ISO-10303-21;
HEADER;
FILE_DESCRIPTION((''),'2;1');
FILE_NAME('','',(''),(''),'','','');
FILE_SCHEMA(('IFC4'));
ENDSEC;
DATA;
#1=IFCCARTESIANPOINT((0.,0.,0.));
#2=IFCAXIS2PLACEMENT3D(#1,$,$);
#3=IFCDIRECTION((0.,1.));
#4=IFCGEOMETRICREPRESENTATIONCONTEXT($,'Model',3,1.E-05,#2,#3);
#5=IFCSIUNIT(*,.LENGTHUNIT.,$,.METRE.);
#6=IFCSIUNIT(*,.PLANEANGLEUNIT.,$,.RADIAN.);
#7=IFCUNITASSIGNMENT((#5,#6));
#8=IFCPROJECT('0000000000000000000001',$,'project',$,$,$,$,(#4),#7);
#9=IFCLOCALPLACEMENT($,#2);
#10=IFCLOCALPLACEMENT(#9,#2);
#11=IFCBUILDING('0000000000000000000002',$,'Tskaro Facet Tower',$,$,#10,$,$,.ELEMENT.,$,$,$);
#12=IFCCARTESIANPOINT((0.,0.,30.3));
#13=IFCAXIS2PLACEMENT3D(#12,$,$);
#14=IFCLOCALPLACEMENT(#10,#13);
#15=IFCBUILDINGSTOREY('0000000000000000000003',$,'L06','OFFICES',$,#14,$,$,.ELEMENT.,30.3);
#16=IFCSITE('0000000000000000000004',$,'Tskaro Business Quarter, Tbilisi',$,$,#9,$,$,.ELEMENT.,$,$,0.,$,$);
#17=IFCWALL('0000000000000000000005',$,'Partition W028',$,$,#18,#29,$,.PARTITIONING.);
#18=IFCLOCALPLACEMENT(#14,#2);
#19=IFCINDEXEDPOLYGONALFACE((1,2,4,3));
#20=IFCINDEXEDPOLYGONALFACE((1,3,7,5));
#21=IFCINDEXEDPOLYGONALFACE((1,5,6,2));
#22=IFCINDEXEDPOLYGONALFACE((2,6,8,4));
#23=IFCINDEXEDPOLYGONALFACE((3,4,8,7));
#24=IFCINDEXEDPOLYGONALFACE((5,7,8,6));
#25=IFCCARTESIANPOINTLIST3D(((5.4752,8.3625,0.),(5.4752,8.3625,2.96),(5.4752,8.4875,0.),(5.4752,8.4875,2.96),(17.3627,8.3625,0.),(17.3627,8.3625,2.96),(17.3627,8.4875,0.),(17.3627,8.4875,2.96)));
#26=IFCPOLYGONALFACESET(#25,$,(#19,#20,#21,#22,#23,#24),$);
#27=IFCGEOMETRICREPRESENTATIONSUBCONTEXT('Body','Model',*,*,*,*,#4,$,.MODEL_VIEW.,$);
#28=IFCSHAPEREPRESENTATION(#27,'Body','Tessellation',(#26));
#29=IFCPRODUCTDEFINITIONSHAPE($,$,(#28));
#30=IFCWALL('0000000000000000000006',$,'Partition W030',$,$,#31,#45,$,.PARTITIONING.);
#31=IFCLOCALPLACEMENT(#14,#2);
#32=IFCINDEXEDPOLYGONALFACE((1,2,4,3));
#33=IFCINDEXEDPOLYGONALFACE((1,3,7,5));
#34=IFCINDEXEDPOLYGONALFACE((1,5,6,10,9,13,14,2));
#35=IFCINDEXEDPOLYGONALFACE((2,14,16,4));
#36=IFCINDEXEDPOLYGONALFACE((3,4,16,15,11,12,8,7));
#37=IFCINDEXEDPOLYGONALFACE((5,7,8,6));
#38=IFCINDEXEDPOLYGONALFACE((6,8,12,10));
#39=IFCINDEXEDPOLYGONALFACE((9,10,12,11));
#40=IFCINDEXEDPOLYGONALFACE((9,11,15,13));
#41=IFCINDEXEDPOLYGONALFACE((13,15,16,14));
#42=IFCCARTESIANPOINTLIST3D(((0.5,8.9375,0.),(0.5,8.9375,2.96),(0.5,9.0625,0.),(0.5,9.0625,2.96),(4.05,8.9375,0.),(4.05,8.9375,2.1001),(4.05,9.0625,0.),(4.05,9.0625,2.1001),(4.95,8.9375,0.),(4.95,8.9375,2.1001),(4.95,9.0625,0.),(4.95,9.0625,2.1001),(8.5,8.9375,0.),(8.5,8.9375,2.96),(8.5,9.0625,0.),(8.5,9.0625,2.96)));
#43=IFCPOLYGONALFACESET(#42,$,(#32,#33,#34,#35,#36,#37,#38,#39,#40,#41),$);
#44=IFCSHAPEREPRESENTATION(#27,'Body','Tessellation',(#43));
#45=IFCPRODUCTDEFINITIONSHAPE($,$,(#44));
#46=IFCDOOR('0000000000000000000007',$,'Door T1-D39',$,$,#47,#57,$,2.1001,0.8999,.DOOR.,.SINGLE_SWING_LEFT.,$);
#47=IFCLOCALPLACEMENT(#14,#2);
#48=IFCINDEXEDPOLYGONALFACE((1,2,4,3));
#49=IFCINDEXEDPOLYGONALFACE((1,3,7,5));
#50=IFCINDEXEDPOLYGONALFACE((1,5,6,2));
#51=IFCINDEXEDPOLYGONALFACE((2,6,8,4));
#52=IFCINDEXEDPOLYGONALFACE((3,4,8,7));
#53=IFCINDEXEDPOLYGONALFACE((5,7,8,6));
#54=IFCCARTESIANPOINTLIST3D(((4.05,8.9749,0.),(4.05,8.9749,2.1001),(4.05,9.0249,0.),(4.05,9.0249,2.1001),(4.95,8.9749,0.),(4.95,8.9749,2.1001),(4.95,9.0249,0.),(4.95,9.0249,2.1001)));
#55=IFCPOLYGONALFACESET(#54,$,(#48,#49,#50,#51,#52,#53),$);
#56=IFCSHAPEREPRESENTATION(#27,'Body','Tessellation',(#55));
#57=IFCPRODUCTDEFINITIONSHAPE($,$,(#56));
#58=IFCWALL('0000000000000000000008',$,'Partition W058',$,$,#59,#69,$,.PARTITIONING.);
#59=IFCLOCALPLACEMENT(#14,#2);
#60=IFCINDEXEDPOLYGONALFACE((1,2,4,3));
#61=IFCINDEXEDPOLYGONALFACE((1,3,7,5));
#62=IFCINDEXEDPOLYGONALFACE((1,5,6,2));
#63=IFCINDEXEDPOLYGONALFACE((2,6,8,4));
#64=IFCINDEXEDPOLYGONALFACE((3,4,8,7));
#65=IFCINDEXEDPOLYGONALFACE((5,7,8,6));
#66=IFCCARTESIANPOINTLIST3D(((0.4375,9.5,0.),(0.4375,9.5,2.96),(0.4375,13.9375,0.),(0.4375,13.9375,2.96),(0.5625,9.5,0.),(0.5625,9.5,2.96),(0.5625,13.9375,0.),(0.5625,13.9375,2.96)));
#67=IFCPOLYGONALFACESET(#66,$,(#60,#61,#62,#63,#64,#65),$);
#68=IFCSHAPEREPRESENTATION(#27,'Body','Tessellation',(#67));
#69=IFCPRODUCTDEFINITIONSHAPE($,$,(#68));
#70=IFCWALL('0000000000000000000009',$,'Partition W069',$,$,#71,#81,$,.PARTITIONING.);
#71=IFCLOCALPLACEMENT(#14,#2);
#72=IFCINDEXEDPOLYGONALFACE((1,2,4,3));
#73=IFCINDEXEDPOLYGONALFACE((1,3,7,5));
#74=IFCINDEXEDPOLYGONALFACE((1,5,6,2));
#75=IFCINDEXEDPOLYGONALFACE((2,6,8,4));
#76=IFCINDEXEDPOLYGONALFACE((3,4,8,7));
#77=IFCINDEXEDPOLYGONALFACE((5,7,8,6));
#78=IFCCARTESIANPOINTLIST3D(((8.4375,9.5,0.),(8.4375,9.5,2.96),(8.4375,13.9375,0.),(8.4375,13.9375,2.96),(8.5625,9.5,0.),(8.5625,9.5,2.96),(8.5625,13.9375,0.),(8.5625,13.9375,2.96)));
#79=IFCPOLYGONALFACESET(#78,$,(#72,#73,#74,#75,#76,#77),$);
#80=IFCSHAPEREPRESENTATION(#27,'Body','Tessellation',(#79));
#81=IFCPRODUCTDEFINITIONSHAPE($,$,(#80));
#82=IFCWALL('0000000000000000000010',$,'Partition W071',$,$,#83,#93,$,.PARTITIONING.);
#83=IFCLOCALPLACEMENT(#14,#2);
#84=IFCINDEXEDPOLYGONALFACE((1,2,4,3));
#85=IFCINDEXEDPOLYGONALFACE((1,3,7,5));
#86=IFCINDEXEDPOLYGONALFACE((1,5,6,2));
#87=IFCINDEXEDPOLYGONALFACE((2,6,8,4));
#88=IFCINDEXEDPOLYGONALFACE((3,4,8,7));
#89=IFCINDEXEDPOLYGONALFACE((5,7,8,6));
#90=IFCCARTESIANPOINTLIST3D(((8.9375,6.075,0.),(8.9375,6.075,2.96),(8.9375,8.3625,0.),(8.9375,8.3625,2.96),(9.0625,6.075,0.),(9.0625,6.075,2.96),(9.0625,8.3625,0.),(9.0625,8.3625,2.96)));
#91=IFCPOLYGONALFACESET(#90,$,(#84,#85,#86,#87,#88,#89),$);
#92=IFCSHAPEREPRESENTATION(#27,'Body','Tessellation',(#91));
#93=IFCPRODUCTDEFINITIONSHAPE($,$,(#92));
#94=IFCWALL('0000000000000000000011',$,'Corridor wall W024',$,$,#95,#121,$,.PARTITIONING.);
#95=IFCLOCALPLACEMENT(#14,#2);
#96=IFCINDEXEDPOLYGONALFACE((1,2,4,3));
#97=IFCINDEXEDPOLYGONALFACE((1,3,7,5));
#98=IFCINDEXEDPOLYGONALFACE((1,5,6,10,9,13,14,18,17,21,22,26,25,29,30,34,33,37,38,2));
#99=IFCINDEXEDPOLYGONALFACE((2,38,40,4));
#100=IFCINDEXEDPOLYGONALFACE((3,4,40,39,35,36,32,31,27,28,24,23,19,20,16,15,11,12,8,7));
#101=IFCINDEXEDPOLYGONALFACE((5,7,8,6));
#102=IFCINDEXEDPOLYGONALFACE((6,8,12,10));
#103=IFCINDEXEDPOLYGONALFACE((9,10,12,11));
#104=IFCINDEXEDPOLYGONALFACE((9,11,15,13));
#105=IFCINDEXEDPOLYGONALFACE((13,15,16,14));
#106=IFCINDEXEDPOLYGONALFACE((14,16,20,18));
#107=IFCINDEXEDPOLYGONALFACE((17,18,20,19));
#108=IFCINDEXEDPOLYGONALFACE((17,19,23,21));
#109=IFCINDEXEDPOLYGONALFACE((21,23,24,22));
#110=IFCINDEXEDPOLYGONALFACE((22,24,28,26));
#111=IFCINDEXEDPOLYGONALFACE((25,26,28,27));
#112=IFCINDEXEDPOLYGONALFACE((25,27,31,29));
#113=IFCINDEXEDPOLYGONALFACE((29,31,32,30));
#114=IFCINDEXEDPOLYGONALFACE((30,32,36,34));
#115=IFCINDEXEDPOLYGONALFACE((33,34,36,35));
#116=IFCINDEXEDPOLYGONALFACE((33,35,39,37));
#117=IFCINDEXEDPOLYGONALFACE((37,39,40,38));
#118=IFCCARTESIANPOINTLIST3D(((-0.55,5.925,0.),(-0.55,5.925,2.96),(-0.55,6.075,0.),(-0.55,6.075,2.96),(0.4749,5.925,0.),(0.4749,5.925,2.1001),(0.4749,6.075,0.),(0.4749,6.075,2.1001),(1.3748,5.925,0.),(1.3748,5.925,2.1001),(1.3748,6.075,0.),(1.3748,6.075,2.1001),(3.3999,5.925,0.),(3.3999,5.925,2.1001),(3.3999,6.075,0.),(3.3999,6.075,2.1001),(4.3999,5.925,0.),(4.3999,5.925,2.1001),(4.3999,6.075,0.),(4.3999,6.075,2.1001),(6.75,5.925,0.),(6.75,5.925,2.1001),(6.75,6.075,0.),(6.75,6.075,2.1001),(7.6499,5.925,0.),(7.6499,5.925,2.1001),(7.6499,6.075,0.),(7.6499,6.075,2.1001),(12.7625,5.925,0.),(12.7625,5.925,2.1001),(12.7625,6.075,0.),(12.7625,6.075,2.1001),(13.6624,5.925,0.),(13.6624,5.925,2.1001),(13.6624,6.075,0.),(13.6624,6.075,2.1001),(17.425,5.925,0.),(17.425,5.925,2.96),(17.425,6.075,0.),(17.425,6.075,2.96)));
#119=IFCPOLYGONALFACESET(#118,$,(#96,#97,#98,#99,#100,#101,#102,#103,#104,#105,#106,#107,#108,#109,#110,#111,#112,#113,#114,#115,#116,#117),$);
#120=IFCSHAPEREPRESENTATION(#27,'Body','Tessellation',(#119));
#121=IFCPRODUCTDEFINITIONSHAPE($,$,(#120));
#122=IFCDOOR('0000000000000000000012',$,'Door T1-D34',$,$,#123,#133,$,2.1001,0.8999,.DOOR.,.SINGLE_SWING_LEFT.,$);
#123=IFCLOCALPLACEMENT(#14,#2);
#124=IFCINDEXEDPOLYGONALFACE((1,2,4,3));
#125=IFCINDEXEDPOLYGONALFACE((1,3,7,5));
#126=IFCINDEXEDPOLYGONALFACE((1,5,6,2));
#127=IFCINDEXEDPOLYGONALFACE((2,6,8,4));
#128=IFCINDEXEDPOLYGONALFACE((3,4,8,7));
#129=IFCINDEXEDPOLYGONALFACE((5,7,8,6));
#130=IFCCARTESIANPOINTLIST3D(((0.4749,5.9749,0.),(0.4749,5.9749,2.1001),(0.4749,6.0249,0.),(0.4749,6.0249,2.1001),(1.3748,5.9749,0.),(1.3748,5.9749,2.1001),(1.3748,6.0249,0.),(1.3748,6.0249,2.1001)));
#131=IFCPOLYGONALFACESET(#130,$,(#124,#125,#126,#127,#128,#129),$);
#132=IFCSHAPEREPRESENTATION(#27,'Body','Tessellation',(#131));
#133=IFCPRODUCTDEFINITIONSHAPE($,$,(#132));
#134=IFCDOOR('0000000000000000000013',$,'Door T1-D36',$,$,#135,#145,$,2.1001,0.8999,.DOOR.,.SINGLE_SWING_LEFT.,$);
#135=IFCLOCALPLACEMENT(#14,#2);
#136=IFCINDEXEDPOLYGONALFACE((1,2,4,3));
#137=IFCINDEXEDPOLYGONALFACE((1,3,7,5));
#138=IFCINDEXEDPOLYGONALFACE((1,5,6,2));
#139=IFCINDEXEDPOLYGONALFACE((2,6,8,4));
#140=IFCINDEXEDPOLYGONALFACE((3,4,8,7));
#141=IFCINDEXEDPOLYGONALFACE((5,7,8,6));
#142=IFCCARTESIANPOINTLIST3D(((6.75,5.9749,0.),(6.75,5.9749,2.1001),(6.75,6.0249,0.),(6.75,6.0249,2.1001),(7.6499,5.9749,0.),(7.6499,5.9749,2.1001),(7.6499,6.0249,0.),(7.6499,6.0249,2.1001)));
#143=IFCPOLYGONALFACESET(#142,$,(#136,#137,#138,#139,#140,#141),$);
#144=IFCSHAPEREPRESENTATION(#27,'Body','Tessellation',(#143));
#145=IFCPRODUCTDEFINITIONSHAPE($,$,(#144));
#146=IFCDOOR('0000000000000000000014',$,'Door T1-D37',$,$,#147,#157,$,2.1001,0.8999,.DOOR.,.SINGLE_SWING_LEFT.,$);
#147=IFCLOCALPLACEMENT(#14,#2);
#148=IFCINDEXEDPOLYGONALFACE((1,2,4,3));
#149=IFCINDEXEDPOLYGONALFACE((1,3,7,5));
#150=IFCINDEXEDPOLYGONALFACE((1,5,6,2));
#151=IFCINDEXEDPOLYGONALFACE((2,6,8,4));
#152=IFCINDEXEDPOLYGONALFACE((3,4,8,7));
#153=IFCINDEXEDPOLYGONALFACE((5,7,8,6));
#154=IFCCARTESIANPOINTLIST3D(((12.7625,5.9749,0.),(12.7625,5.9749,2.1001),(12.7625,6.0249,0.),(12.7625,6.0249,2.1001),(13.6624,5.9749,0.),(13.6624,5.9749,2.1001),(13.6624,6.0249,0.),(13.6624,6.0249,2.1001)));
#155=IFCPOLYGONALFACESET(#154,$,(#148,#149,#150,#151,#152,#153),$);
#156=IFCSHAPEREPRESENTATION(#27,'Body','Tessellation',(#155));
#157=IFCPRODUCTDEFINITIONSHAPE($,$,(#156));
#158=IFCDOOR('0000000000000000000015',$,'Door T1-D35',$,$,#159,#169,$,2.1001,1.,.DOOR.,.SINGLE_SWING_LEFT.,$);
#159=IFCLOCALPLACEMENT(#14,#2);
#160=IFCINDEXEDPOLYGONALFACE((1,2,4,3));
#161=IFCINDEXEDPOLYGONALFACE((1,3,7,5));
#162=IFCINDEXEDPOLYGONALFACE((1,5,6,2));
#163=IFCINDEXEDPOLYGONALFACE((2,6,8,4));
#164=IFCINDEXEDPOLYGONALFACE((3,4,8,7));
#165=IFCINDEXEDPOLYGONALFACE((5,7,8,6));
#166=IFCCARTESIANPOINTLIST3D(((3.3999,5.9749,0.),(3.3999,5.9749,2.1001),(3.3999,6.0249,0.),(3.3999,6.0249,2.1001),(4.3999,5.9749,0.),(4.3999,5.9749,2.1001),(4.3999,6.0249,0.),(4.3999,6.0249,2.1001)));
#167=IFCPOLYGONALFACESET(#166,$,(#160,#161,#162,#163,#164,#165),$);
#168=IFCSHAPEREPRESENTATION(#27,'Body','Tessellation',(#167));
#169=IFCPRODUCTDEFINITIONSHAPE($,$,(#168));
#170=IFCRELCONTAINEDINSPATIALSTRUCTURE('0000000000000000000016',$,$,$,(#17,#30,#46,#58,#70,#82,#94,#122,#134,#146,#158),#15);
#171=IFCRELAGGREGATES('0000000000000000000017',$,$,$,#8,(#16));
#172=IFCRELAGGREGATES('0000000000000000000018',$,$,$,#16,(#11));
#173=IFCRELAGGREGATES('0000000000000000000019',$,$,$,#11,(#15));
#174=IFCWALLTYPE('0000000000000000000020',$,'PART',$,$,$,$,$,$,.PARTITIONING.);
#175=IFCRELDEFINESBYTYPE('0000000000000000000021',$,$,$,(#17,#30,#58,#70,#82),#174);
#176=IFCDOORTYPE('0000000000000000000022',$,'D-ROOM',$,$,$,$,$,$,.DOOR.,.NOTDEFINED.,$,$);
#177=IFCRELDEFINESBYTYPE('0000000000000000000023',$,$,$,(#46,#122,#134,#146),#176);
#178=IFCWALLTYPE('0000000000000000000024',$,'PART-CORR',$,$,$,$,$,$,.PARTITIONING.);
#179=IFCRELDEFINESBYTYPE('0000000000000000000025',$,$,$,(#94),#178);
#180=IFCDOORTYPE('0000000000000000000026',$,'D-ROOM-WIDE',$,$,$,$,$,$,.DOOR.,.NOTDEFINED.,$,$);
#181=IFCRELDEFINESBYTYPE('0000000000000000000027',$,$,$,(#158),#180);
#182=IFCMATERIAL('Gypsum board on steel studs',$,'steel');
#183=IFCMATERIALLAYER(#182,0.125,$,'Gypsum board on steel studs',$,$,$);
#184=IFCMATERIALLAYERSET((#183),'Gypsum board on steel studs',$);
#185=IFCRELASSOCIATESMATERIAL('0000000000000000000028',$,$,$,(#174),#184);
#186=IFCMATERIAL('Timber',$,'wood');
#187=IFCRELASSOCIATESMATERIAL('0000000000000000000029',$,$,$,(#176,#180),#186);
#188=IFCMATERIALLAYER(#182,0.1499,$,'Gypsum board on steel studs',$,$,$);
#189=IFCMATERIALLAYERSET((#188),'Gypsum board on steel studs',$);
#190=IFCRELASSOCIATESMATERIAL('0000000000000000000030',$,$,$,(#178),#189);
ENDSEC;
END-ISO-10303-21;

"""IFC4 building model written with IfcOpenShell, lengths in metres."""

from ifc_helpers import new_model, si_unit, direction, frame, frame_2d, origin, place, context, subcontext, project, spatial, rectangle, extrude, material, layer, layer_set, type_object, element, fill, save


model = new_model("IFC4")

# Units and contexts
model_context = context("Model", 3, precision=1e-05, world=origin(), true_north=direction((0.0, 1.0)))
body_context = subcontext(model_context, "Body", "Model", "MODEL_VIEW")
ifc_project = project(units=[si_unit("LENGTHUNIT", "METRE"), si_unit("PLANEANGLEUNIT", "RADIAN")], contexts=[model_context])

# Site, building, storey
site_placement = place(None, origin())
site = spatial("IfcSite", under=ifc_project, at=site_placement, Name="Tskaro Business Quarter, Tbilisi", CompositionType="ELEMENT", RefElevation=0.0)
building_placement = place(site_placement, origin())
building = spatial("IfcBuilding", under=site, at=building_placement, Name="Tskaro Facet Tower", CompositionType="ELEMENT")
storey_placement = place(building_placement, frame((0.0, 0.0, 30.3)))
storey = spatial("IfcBuildingStorey", under=building, at=storey_placement, Name="L06", Description="OFFICES", CompositionType="ELEMENT", Elevation=30.3)

# Wall
ifc_material_1 = material(Name="Gypsum board on steel studs", Category="steel")
ifc_layer_1 = layer(ifc_material_1, 0.125, Name="Gypsum board on steel studs")
ifc_layer_set_1 = layer_set([ifc_layer_1], Name="Gypsum board on steel studs")
wall_type_1 = type_object("IfcWallType", Name="PART", PredefinedType="PARTITIONING", material=ifc_layer_set_1)
wall_1_placement = place(storey_placement, frame((5.4751, 8.425, 0.0), z_axis=(0.0, 0.0, 1.0), x_axis=(1.0, 0.0, 0.0)))
element("IfcWall", 1, at=wall_1_placement, inside=storey, type_object=wall_type_1, Name="Partition W028", PredefinedType="PARTITIONING", context=body_context, shape_type="SweptSolid", body=[
    extrude(rectangle(XDim=11.8875, YDim=0.125, at=frame_2d((5.9438, 0.0))), origin(), (0.0, 0.0, 1.0), 2.96),
])

# Wall, opening, door
wall_2_placement = place(storey_placement, frame((0.5, 9.0, 0.0), z_axis=(0.0, 0.0, 1.0), x_axis=(1.0, 0.0, 0.0)))
wall_2 = element("IfcWall", 2, at=wall_2_placement, inside=storey, type_object=wall_type_1, Name="Partition W030", PredefinedType="PARTITIONING", context=body_context, shape_type="SweptSolid", body=[
    extrude(rectangle(XDim=8.0, YDim=0.125, at=frame_2d((4.0, 0.0))), origin(), (0.0, 0.0, 1.0), 2.96),
])
opening_1_placement = place(wall_2_placement, frame((3.55, 0.0, 0.0)))
opening_1 = element("IfcOpeningElement", 3, at=opening_1_placement, cuts=wall_2, PredefinedType="OPENING", context=body_context, shape_type="SweptSolid", body=[
    extrude(rectangle(XDim=0.8999, YDim=2.1001, at=frame_2d((0.45, 1.05))), frame((0.0, 0.0725, 0.0), z_axis=(0.0, -1.0, 0.0), x_axis=(1.0, 0.0, 0.0)), (0.0, 0.0, 1.0), 0.145),
])
ifc_material_2 = material(Name="Timber", Category="wood")
door_type_1 = type_object("IfcDoorType", Name="D-ROOM", OperationType="NOTDEFINED", PredefinedType="DOOR", material=ifc_material_2)
door_1_placement = place(opening_1_placement, origin())
door_1 = element("IfcDoor", 4, at=door_1_placement, inside=storey, type_object=door_type_1, Name="Door T1-D39", OperationType="SINGLE_SWING_LEFT", OverallHeight=2.1001, OverallWidth=0.8999, PredefinedType="DOOR", context=body_context, shape_type="SweptSolid", body=[
    extrude(rectangle(XDim=0.8999, YDim=2.1001, at=frame_2d((0.45, 1.05))), frame((0.0, 0.0249, 0.0), z_axis=(0.0, -1.0, 0.0), x_axis=(1.0, 0.0, 0.0)), (0.0, 0.0, 1.0), 0.05),
])
fill(opening_1, door_1)

# Walls
for number, where, z_axis, x_axis, name in (
    (5, (0.5, 9.5, 0.0), (0.0, 0.0, 1.0), (0.0, 1.0, 0.0), "Partition W058"),
    (6, (8.5, 9.5, 0.0), (0.0, 0.0, 1.0), (0.0, 1.0, 0.0), "Partition W069"),
):
    element("IfcWall", number, at=place(storey_placement, frame(where, z_axis=z_axis, x_axis=x_axis)), inside=storey, type_object=wall_type_1, Name=name, PredefinedType="PARTITIONING", context=body_context, shape_type="SweptSolid", body=[
        extrude(rectangle(XDim=4.4375, YDim=0.125, at=frame_2d((2.2188, 0.0))), origin(), (0.0, 0.0, 1.0), 2.96),
    ])
wall_3_placement = place(storey_placement, frame((9.0, 6.075, 0.0), z_axis=(0.0, 0.0, 1.0), x_axis=(0.0, 1.0, 0.0)))
element("IfcWall", 7, at=wall_3_placement, inside=storey, type_object=wall_type_1, Name="Partition W071", PredefinedType="PARTITIONING", context=body_context, shape_type="SweptSolid", body=[
    extrude(rectangle(XDim=2.2876, YDim=0.125, at=frame_2d((1.1438, 0.0))), origin(), (0.0, 0.0, 1.0), 2.96),
])

# Wall, openings, doors
ifc_layer_2 = layer(ifc_material_1, 0.1499, Name="Gypsum board on steel studs")
ifc_layer_set_2 = layer_set([ifc_layer_2], Name="Gypsum board on steel studs")
wall_type_2 = type_object("IfcWallType", Name="PART-CORR", PredefinedType="PARTITIONING", material=ifc_layer_set_2)
wall_4_placement = place(storey_placement, frame((-0.55, 6.0, 0.0), z_axis=(0.0, 0.0, 1.0), x_axis=(1.0, 0.0, 0.0)))
wall_4 = element("IfcWall", 8, at=wall_4_placement, inside=storey, type_object=wall_type_2, Name="Corridor wall W024", PredefinedType="PARTITIONING", context=body_context, shape_type="SweptSolid", body=[
    extrude(rectangle(XDim=17.9751, YDim=0.1499, at=frame_2d((8.9875, 0.0))), origin(), (0.0, 0.0, 1.0), 2.96),
])
opening_2_placement = place(wall_4_placement, frame((1.0249, 0.0, 0.0)))
opening_2 = element("IfcOpeningElement", 9, at=opening_2_placement, cuts=wall_4, PredefinedType="OPENING", context=body_context, shape_type="SweptSolid", body=[
    extrude(rectangle(XDim=0.8999, YDim=2.1001, at=frame_2d((0.45, 1.05))), frame((0.0, 0.085, 0.0), z_axis=(0.0, -1.0, 0.0), x_axis=(1.0, 0.0, 0.0)), (0.0, 0.0, 1.0), 0.1699),
])
opening_3_placement = place(wall_4_placement, frame((3.95, 0.0, 0.0)))
opening_3 = element("IfcOpeningElement", 10, at=opening_3_placement, cuts=wall_4, PredefinedType="OPENING", context=body_context, shape_type="SweptSolid", body=[
    extrude(rectangle(XDim=1.0, YDim=2.1001, at=frame_2d((0.5, 1.05))), frame((0.0, 0.085, 0.0), z_axis=(0.0, -1.0, 0.0), x_axis=(1.0, 0.0, 0.0)), (0.0, 0.0, 1.0), 0.1699),
])
opening_4_placement = place(wall_4_placement, frame((7.3, 0.0, 0.0)))
opening_4 = element("IfcOpeningElement", 11, at=opening_4_placement, cuts=wall_4, PredefinedType="OPENING", context=body_context, shape_type="SweptSolid", body=[
    extrude(rectangle(XDim=0.8999, YDim=2.1001, at=frame_2d((0.45, 1.05))), frame((0.0, 0.085, 0.0), z_axis=(0.0, -1.0, 0.0), x_axis=(1.0, 0.0, 0.0)), (0.0, 0.0, 1.0), 0.1699),
])
opening_5_placement = place(wall_4_placement, frame((13.3125, 0.0, 0.0)))
opening_5 = element("IfcOpeningElement", 12, at=opening_5_placement, cuts=wall_4, PredefinedType="OPENING", context=body_context, shape_type="SweptSolid", body=[
    extrude(rectangle(XDim=0.8999, YDim=2.1001, at=frame_2d((0.45, 1.05))), frame((0.0, 0.085, 0.0), z_axis=(0.0, -1.0, 0.0), x_axis=(1.0, 0.0, 0.0)), (0.0, 0.0, 1.0), 0.1699),
])
door_2_placement = place(opening_2_placement, origin())
door_2 = element("IfcDoor", 13, at=door_2_placement, inside=storey, type_object=door_type_1, Name="Door T1-D34", OperationType="SINGLE_SWING_LEFT", OverallHeight=2.1001, OverallWidth=0.8999, PredefinedType="DOOR", context=body_context, shape_type="SweptSolid", body=[
    extrude(rectangle(XDim=0.8999, YDim=2.1001, at=frame_2d((0.45, 1.05))), frame((0.0, 0.0249, 0.0), z_axis=(0.0, -1.0, 0.0), x_axis=(1.0, 0.0, 0.0)), (0.0, 0.0, 1.0), 0.05),
])
fill(opening_2, door_2)
door_3_placement = place(opening_4_placement, origin())
door_3 = element("IfcDoor", 14, at=door_3_placement, inside=storey, type_object=door_type_1, Name="Door T1-D36", OperationType="SINGLE_SWING_LEFT", OverallHeight=2.1001, OverallWidth=0.8999, PredefinedType="DOOR", context=body_context, shape_type="SweptSolid", body=[
    extrude(rectangle(XDim=0.8999, YDim=2.1001, at=frame_2d((0.45, 1.05))), frame((0.0, 0.0249, 0.0), z_axis=(0.0, -1.0, 0.0), x_axis=(1.0, 0.0, 0.0)), (0.0, 0.0, 1.0), 0.05),
])
fill(opening_4, door_3)
door_4_placement = place(opening_5_placement, origin())
door_4 = element("IfcDoor", 15, at=door_4_placement, inside=storey, type_object=door_type_1, Name="Door T1-D37", OperationType="SINGLE_SWING_LEFT", OverallHeight=2.1001, OverallWidth=0.8999, PredefinedType="DOOR", context=body_context, shape_type="SweptSolid", body=[
    extrude(rectangle(XDim=0.8999, YDim=2.1001, at=frame_2d((0.45, 1.05))), frame((0.0, 0.0249, 0.0), z_axis=(0.0, -1.0, 0.0), x_axis=(1.0, 0.0, 0.0)), (0.0, 0.0, 1.0), 0.05),
])
fill(opening_5, door_4)
door_type_2 = type_object("IfcDoorType", Name="D-ROOM-WIDE", OperationType="NOTDEFINED", PredefinedType="DOOR", material=ifc_material_2)
door_5_placement = place(opening_3_placement, origin())
door_5 = element("IfcDoor", 16, at=door_5_placement, inside=storey, type_object=door_type_2, Name="Door T1-D35", OperationType="SINGLE_SWING_LEFT", OverallHeight=2.1001, OverallWidth=1.0, PredefinedType="DOOR", context=body_context, shape_type="SweptSolid", body=[
    extrude(rectangle(XDim=1.0, YDim=2.1001, at=frame_2d((0.5, 1.05))), frame((0.0, 0.0249, 0.0), z_axis=(0.0, -1.0, 0.0), x_axis=(1.0, 0.0, 0.0)), (0.0, 0.0, 1.0), 0.05),
])
fill(opening_3, door_5)

save(model, "model.ifc")
